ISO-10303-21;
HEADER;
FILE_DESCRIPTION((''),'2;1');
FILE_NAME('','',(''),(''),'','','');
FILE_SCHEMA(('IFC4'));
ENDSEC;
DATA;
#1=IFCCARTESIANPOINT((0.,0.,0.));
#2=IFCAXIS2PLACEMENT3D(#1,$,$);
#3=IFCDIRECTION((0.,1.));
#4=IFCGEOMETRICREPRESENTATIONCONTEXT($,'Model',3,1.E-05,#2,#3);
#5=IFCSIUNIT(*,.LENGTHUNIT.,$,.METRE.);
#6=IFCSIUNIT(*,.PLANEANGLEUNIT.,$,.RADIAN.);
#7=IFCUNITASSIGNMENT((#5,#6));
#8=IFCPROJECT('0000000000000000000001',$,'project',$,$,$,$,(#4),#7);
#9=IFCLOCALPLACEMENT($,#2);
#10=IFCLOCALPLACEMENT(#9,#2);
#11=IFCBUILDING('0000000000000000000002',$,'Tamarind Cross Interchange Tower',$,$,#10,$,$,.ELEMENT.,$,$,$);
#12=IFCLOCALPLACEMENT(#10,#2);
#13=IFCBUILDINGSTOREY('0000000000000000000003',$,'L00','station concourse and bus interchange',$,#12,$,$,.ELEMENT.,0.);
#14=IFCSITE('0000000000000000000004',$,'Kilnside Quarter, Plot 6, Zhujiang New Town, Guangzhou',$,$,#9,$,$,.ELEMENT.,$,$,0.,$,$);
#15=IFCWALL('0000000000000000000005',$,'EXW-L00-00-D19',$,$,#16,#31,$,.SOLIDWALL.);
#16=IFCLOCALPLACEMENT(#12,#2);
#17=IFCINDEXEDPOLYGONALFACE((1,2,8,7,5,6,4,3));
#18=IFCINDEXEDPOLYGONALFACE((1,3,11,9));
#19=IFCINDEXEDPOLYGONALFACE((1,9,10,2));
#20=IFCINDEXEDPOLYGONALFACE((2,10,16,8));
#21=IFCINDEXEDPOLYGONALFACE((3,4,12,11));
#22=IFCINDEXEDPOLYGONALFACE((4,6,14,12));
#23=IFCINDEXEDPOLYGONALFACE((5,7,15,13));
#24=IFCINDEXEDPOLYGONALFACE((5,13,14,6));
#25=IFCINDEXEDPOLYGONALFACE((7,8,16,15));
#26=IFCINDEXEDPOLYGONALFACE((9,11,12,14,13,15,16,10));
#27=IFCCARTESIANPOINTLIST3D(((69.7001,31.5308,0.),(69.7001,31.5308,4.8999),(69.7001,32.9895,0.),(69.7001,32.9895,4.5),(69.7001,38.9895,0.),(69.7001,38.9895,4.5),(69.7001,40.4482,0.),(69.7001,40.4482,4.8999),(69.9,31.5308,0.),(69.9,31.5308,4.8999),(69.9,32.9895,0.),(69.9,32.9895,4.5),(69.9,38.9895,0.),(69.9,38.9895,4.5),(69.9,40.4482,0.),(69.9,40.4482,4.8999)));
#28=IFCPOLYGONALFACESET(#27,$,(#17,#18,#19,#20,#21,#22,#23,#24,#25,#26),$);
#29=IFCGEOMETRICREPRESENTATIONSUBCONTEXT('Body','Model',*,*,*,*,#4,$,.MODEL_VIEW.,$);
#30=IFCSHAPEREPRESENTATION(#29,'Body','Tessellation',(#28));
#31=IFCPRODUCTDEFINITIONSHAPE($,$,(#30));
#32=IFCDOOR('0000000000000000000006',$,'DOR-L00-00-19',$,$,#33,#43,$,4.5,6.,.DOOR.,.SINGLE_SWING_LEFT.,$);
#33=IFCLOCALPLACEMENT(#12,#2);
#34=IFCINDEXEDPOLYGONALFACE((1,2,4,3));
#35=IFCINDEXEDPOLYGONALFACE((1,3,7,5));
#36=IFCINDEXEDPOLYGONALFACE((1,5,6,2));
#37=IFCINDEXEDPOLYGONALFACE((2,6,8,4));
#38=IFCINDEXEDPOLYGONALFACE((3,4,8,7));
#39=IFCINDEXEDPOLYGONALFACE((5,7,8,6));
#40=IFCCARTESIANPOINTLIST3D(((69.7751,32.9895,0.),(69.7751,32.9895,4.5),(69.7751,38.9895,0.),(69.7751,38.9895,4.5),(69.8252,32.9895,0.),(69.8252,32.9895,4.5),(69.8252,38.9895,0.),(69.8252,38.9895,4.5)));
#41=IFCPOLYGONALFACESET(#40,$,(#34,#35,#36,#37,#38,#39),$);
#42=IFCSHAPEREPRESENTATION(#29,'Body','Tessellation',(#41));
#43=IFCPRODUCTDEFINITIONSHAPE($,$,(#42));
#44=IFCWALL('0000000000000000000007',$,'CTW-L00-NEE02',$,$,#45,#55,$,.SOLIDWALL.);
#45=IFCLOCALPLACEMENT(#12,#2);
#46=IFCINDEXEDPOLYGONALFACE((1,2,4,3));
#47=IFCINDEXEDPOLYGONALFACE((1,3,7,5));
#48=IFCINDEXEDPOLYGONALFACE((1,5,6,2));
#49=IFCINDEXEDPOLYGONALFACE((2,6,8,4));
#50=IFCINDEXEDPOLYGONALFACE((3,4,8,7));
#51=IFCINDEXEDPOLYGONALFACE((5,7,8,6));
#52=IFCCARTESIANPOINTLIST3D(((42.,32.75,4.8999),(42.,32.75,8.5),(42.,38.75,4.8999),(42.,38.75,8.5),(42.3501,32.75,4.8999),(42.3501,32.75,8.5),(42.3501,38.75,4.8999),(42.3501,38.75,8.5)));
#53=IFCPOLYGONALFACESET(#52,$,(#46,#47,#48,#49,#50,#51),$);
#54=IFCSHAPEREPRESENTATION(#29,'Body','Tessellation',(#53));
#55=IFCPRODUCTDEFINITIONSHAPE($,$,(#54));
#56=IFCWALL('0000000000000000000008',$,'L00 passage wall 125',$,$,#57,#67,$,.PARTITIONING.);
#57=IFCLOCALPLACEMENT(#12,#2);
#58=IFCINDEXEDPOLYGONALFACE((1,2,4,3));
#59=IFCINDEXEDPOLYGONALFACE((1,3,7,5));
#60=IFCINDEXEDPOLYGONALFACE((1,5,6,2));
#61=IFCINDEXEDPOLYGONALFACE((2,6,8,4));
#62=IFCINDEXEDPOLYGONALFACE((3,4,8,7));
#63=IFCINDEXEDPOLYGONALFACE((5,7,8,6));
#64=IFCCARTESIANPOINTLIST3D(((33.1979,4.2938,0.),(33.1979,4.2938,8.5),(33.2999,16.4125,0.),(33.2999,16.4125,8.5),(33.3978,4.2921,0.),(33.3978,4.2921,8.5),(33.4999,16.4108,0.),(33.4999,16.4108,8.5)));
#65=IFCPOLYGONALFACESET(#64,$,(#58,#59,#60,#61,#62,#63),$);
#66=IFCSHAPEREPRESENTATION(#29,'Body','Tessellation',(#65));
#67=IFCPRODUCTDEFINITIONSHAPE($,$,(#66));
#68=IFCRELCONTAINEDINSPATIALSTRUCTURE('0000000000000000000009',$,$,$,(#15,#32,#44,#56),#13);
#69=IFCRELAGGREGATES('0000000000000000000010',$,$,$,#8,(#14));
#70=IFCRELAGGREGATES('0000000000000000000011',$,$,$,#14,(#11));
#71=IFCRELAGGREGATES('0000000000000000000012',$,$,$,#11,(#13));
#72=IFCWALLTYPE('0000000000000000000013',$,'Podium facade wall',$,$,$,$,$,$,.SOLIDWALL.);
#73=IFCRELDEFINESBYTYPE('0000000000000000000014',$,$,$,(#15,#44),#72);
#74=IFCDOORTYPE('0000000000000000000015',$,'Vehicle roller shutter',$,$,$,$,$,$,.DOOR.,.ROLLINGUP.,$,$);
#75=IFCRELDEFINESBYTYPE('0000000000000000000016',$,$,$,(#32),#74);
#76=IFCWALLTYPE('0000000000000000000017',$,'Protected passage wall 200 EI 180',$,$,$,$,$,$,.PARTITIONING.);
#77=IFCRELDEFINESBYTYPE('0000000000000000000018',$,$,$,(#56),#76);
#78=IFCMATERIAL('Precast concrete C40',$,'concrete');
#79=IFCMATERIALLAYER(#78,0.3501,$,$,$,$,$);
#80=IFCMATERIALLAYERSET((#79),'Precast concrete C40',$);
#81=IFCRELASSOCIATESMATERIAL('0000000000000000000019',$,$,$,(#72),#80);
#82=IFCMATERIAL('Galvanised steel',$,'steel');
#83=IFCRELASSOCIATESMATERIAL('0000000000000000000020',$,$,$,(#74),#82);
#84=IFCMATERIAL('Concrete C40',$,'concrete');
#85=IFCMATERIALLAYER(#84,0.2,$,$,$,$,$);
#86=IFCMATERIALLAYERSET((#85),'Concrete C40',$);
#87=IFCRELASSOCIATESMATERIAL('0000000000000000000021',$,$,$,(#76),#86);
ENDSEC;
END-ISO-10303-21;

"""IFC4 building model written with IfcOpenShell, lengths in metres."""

from ifc_helpers import new_model, si_unit, direction, frame, frame_2d, origin, place, context, subcontext, project, spatial, rectangle, extrude, material, layer, layer_set, type_object, element, fill, save


model = new_model("IFC4")

# Units and contexts
model_context = context("Model", 3, precision=1e-05, world=origin(), true_north=direction((0.0, 1.0)))
body_context = subcontext(model_context, "Body", "Model", "MODEL_VIEW")
ifc_project = project(units=[si_unit("LENGTHUNIT", "METRE"), si_unit("PLANEANGLEUNIT", "RADIAN")], contexts=[model_context])

# Site, building, storey
site_placement = place(None, origin())
site = spatial("IfcSite", under=ifc_project, at=site_placement, Name="Kilnside Quarter, Plot 6, Zhujiang New Town, Guangzhou", CompositionType="ELEMENT", RefElevation=0.0)
building_placement = place(site_placement, origin())
building = spatial("IfcBuilding", under=site, at=building_placement, Name="Tamarind Cross Interchange Tower", CompositionType="ELEMENT")
storey_placement = place(building_placement, origin())
storey = spatial("IfcBuildingStorey", under=building, at=storey_placement, Name="L00", Description="station concourse and bus interchange", CompositionType="ELEMENT", Elevation=0.0)

# Shared definitions
ifc_material_1 = material(Name="Precast concrete C40", Category="concrete")

# Shared definitions
ifc_layer_1 = layer(ifc_material_1, 0.3501)
ifc_layer_set_1 = layer_set([ifc_layer_1], Name="Precast concrete C40")
wall_type_1 = type_object("IfcWallType", Name="Podium facade wall", PredefinedType="SOLIDWALL", material=ifc_layer_set_1)

# Wall, opening, door
wall_1_placement = place(storey_placement, frame((69.8, 31.5308, 0.0), z_axis=(0.0, 0.0, 1.0), x_axis=(0.0, 1.0, 0.0)))
wall_1 = element("IfcWall", 1, at=wall_1_placement, inside=storey, type_object=wall_type_1, Name="EXW-L00-00-D19", PredefinedType="SOLIDWALL", context=body_context, shape_type="SweptSolid", body=[
    extrude(rectangle(XDim=8.9175, YDim=0.2, at=frame_2d((4.4587, 0.0))), origin(), (0.0, 0.0, 1.0), 4.8999),
])
opening_1_placement = place(wall_1_placement, frame((1.4587, 0.0, 0.0)))
opening_1 = element("IfcOpeningElement", 2, at=opening_1_placement, cuts=wall_1, PredefinedType="OPENING", context=body_context, shape_type="SweptSolid", body=[
    extrude(rectangle(XDim=6.0, YDim=4.5, at=frame_2d((3.0, 2.25))), frame((0.0, 0.1099, 0.0), z_axis=(0.0, -1.0, 0.0), x_axis=(1.0, 0.0, 0.0)), (0.0, 0.0, 1.0), 0.22),
])
ifc_material_2 = material(Name="Galvanised steel", Category="steel")
door_type_1 = type_object("IfcDoorType", Name="Vehicle roller shutter", OperationType="ROLLINGUP", PredefinedType="DOOR", material=ifc_material_2)
door_1_placement = place(opening_1_placement, origin())
door_1 = element("IfcDoor", 3, at=door_1_placement, inside=storey, type_object=door_type_1, Name="DOR-L00-00-19", OperationType="SINGLE_SWING_LEFT", OverallHeight=4.5, OverallWidth=6.0, PredefinedType="DOOR", context=body_context, shape_type="SweptSolid", body=[
    extrude(rectangle(XDim=6.0, YDim=4.5, at=frame_2d((3.0, 2.25))), frame((0.0, 0.0249, 0.0), z_axis=(0.0, -1.0, 0.0), x_axis=(1.0, 0.0, 0.0)), (0.0, 0.0, 1.0), 0.05),
])
fill(opening_1, door_1)

# Walls
wall_2_placement = place(storey_placement, frame((42.175, 32.75, 4.8999), z_axis=(0.0, 0.0, 1.0), x_axis=(0.0, 1.0, 0.0)))
element("IfcWall", 4, at=wall_2_placement, inside=storey, type_object=wall_type_1, Name="CTW-L00-NEE02", PredefinedType="SOLIDWALL", context=body_context, shape_type="SweptSolid", body=[
    extrude(rectangle(XDim=6.0, YDim=0.3501, at=frame_2d((3.0, 0.0))), origin(), (0.0, 0.0, 1.0), 3.6001),
])
ifc_material_3 = material(Name="Concrete C40", Category="concrete")
ifc_layer_2 = layer(ifc_material_3, 0.2)
ifc_layer_set_2 = layer_set([ifc_layer_2], Name="Concrete C40")
wall_type_2 = type_object("IfcWallType", Name="Protected passage wall 200 EI 180", PredefinedType="PARTITIONING", material=ifc_layer_set_2)
wall_3_placement = place(storey_placement, frame((33.2979, 4.293, 0.0), z_axis=(0.0, 0.0, 1.0), x_axis=(0.008421, 0.999965, 0.0)))
element("IfcWall", 5, at=wall_3_placement, inside=storey, type_object=wall_type_2, Name="L00 passage wall 125", PredefinedType="PARTITIONING", context=body_context, shape_type="SweptSolid", body=[
    extrude(rectangle(XDim=12.1191, YDim=0.2, at=frame_2d((6.0596, 0.0))), origin(), (0.0, 0.0, 1.0), 8.5),
])

save(model, "model.ifc")
